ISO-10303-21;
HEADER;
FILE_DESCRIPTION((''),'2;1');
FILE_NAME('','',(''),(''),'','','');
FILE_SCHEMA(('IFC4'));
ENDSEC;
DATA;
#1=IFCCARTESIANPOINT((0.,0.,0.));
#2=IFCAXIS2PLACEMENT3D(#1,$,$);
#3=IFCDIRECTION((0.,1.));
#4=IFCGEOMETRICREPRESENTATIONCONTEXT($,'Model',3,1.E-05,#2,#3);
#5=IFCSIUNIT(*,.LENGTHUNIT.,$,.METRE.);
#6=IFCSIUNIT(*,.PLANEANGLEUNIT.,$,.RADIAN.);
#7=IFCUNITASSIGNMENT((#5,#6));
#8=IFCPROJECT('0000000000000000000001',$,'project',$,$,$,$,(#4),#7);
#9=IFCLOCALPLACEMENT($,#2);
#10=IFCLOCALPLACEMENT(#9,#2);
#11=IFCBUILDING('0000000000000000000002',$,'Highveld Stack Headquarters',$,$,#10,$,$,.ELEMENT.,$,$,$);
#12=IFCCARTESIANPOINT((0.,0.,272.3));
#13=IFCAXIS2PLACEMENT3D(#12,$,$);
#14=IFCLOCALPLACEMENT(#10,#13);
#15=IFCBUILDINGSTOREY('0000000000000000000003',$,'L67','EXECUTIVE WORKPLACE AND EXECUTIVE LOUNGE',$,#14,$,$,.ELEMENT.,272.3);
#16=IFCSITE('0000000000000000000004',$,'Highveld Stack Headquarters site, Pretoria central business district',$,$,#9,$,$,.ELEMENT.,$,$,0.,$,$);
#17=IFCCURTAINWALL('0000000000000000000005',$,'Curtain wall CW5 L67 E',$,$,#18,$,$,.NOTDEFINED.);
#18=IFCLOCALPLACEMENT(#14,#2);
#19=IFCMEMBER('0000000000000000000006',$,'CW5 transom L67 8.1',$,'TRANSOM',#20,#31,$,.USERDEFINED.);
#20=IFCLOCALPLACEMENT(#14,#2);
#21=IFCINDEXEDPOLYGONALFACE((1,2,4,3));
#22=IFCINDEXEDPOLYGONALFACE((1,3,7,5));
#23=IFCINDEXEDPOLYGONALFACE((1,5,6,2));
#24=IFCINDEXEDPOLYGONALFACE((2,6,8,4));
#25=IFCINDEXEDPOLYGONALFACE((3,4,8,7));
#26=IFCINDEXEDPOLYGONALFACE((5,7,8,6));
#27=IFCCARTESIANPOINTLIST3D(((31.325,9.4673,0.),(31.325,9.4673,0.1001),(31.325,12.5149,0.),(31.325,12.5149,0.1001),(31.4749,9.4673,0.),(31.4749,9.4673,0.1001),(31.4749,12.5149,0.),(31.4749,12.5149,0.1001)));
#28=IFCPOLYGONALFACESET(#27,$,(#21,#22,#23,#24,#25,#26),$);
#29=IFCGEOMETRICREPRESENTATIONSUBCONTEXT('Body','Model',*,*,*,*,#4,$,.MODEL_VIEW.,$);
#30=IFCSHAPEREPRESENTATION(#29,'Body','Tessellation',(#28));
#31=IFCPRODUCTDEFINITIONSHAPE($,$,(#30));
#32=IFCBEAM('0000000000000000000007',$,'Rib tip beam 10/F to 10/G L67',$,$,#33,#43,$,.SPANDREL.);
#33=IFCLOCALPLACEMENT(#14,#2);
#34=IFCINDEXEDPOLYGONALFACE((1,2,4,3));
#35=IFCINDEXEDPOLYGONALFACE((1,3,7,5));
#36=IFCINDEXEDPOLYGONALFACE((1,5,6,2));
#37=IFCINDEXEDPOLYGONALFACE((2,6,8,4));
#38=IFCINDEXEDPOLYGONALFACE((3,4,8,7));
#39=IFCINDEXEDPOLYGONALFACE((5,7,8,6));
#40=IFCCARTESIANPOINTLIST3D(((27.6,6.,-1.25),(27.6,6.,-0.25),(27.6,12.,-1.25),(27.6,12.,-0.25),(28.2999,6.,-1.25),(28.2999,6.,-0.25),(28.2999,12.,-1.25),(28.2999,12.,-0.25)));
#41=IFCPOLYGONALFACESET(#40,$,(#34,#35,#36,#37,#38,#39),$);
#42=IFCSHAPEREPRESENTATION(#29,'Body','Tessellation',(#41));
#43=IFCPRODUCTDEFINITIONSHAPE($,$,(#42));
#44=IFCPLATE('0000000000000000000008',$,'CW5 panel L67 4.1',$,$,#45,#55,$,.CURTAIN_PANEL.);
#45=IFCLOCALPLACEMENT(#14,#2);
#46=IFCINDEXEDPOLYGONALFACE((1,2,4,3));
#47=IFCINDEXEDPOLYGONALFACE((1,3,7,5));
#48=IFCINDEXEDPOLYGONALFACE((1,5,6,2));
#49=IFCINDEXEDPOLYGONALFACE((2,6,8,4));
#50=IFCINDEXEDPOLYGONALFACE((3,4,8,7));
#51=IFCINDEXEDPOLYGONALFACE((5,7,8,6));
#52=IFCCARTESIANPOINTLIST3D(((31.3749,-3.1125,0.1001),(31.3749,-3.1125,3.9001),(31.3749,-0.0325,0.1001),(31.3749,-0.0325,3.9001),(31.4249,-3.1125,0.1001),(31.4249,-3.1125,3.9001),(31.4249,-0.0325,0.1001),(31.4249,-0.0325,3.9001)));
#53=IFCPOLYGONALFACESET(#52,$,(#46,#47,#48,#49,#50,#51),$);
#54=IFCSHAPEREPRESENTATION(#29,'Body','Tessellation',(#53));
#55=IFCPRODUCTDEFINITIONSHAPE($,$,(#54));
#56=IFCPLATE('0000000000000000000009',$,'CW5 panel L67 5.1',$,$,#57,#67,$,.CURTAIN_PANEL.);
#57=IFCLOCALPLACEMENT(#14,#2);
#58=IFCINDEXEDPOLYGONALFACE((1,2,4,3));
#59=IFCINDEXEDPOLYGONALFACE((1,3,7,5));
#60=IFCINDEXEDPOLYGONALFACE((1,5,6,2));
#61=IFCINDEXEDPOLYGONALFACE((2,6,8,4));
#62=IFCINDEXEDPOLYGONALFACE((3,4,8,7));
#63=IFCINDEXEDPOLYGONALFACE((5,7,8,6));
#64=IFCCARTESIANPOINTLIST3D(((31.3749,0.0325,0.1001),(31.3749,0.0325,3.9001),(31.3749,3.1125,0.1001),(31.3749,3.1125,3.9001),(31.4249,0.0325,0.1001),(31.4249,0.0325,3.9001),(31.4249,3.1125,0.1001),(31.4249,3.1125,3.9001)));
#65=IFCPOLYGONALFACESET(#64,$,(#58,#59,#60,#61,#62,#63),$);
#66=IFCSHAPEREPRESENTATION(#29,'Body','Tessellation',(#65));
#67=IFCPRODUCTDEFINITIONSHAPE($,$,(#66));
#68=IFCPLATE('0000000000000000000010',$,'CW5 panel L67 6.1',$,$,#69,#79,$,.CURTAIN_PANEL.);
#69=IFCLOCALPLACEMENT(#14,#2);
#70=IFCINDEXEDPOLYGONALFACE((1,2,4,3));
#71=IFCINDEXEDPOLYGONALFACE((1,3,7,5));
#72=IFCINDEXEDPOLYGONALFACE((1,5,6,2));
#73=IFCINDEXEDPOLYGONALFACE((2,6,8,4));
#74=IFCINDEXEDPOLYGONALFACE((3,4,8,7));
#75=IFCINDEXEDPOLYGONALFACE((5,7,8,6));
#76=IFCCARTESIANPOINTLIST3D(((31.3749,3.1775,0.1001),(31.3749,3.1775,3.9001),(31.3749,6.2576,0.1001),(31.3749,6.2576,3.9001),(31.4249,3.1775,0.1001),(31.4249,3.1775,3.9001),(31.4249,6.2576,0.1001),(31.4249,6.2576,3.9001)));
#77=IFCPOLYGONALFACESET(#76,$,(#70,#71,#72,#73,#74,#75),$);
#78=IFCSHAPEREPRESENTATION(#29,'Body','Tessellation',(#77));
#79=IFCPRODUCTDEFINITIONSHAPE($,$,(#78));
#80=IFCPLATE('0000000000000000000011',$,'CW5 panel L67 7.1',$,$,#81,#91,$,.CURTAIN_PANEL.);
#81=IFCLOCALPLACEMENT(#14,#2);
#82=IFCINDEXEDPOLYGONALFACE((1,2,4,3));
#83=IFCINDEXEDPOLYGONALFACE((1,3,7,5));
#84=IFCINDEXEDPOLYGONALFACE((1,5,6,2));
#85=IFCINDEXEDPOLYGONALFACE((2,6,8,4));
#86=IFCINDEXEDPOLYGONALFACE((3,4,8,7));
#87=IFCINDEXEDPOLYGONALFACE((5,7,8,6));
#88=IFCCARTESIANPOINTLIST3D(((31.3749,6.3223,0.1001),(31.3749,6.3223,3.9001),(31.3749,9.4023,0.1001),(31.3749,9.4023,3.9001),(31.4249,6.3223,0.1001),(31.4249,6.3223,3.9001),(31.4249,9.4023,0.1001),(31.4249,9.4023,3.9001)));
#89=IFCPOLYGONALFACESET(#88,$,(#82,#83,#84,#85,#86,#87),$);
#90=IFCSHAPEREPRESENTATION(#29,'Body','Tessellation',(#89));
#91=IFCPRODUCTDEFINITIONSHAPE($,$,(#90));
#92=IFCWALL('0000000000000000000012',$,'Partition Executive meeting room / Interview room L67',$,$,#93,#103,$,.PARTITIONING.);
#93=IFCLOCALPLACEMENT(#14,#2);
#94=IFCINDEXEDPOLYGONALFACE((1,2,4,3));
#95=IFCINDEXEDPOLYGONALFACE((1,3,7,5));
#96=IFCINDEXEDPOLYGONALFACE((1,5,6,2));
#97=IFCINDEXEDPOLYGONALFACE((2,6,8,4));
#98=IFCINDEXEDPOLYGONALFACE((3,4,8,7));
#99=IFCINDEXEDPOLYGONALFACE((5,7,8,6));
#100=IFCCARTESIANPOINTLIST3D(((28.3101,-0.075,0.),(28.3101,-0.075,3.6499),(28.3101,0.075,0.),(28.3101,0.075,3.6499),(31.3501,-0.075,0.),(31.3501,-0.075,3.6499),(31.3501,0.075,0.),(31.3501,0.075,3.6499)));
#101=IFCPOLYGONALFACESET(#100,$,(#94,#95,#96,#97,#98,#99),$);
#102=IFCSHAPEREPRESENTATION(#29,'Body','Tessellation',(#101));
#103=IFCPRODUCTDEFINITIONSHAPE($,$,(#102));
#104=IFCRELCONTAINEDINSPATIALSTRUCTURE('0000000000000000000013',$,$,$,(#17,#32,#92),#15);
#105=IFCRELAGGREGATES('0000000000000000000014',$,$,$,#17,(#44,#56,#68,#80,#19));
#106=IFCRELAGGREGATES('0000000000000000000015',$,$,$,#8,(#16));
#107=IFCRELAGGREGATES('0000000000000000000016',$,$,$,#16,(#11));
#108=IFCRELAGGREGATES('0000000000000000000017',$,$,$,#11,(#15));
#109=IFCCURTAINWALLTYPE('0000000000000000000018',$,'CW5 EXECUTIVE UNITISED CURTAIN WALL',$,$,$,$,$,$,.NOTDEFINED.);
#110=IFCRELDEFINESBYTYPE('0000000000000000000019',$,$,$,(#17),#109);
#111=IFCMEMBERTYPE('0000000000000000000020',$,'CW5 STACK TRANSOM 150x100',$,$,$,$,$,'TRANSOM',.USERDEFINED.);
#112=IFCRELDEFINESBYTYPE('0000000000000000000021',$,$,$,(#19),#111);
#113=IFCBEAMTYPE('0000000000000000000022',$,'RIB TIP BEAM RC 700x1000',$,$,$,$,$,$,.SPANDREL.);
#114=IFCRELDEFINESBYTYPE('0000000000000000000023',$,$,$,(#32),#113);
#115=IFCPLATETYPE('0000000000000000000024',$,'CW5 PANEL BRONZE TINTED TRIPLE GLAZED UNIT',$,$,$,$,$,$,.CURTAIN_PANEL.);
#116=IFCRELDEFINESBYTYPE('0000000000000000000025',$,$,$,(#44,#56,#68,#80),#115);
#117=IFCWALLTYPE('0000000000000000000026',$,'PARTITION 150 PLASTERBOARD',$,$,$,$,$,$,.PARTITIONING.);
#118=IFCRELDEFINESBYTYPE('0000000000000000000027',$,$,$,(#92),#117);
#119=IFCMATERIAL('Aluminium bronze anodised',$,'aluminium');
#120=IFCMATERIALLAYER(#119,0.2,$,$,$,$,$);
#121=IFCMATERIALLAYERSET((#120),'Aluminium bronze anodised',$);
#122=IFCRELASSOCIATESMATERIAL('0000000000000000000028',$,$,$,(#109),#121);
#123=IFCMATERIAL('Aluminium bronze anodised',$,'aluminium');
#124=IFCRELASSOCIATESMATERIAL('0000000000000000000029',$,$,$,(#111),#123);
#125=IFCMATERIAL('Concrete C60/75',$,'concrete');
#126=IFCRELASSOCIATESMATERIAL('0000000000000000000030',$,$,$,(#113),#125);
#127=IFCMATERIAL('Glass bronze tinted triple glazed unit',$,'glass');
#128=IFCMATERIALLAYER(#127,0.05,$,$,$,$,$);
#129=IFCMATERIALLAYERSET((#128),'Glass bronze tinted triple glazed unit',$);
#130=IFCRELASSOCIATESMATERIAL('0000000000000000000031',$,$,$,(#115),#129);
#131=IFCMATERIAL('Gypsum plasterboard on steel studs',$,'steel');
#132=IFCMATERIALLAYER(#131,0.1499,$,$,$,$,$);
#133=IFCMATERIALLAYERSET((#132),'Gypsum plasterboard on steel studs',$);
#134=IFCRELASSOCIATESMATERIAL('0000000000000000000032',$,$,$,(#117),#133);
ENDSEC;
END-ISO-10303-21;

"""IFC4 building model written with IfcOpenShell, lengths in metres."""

from ifc_helpers import new_model, si_unit, direction, frame, frame_2d, origin, origin_2d, place, context, subcontext, project, spatial, rectangle, extrude, material, layer, layer_set, material_profile, profile_set, type_object, element, aggregate, save


model = new_model("IFC4")

# Units and contexts
model_context = context("Model", 3, precision=1e-05, world=origin(), true_north=direction((0.0, 1.0)))
body_context = subcontext(model_context, "Body", "Model", "MODEL_VIEW")
ifc_project = project(units=[si_unit("LENGTHUNIT", "METRE"), si_unit("PLANEANGLEUNIT", "RADIAN")], contexts=[model_context])

# Site, building, storey
site_placement = place(None, origin())
site = spatial("IfcSite", under=ifc_project, at=site_placement, Name="Highveld Stack Headquarters site, Pretoria central business district", CompositionType="ELEMENT", RefElevation=0.0)
building_placement = place(site_placement, origin())
building = spatial("IfcBuilding", under=site, at=building_placement, Name="Highveld Stack Headquarters", CompositionType="ELEMENT")
storey_placement = place(building_placement, frame((0.0, 0.0, 272.3)))
storey = spatial("IfcBuildingStorey", under=building, at=storey_placement, Name="L67", Description="EXECUTIVE WORKPLACE AND EXECUTIVE LOUNGE", CompositionType="ELEMENT", Elevation=272.3)

# Curtain wall, member
ifc_material_1 = material(Name="Aluminium bronze anodised", Category="aluminium")
ifc_layer_1 = layer(ifc_material_1, 0.2)
ifc_layer_set_1 = layer_set([ifc_layer_1], Name="Aluminium bronze anodised")
curtain_wall_type = type_object("IfcCurtainWallType", Name="CW5 EXECUTIVE UNITISED CURTAIN WALL", PredefinedType="NOTDEFINED", material=ifc_layer_set_1)
curtain_wall_placement = place(storey_placement, origin())
curtain_wall = element("IfcCurtainWall", 1, at=curtain_wall_placement, inside=storey, type_object=curtain_wall_type, Name="Curtain wall CW5 L67 E", PredefinedType="NOTDEFINED")
ifc_material_2 = material(Name="Aluminium bronze anodised", Category="aluminium")
ifc_material_profile_1 = material_profile(ifc_material_2, rectangle(XDim=0.1499, YDim=0.1001, at=origin_2d()), Name="CW5 TRANSOM 150x100")
ifc_profile_set_1 = profile_set([ifc_material_profile_1], Name="Aluminium bronze anodised")
member_type_1 = type_object("IfcMemberType", Name="CW5 STACK TRANSOM 150x100", ElementType="TRANSOM", PredefinedType="USERDEFINED", material=ifc_profile_set_1)
member_1_placement = place(storey_placement, frame((31.3999, 9.4673, 0.05), z_axis=(0.0, 1.0, 0.0), x_axis=(-1.0, 0.0, 0.0)))
member_1 = element("IfcMember", 2, at=member_1_placement, type_object=member_type_1, Name="CW5 transom L67 8.1", ObjectType="TRANSOM", PredefinedType="USERDEFINED", context=body_context, shape_type="SweptSolid", body=[
    extrude(rectangle(XDim=0.1499, YDim=0.1001, at=origin_2d()), origin(), (0.0, 0.0, 1.0), 3.0476),
])

# Beam
ifc_material_3 = material(Name="Concrete C60/75", Category="concrete")
ifc_material_profile_2 = material_profile(ifc_material_3, rectangle(XDim=0.7, YDim=1.0, at=origin_2d()), Name="RC 700x1000")
ifc_profile_set_2 = profile_set([ifc_material_profile_2], Name="Concrete C60/75")
beam_type = type_object("IfcBeamType", Name="RIB TIP BEAM RC 700x1000", PredefinedType="SPANDREL", material=ifc_profile_set_2)
beam_placement = place(storey_placement, frame((27.95, 6.0, -0.75), z_axis=(0.0, 1.0, 0.0), x_axis=(-1.0, 0.0, 0.0)))
element("IfcBeam", 3, at=beam_placement, inside=storey, type_object=beam_type, Name="Rib tip beam 10/F to 10/G L67", PredefinedType="SPANDREL", context=body_context, shape_type="SweptSolid", body=[
    extrude(rectangle(XDim=0.7, YDim=1.0, at=origin_2d()), origin(), (0.0, 0.0, 1.0), 6.0),
])

# Plates
ifc_material_4 = material(Name="Glass bronze tinted triple glazed unit", Category="glass")
ifc_layer_2 = layer(ifc_material_4, 0.05)
ifc_layer_set_2 = layer_set([ifc_layer_2], Name="Glass bronze tinted triple glazed unit")
plate_type = type_object("IfcPlateType", Name="CW5 PANEL BRONZE TINTED TRIPLE GLAZED UNIT", PredefinedType="CURTAIN_PANEL", material=ifc_layer_set_2)
plate_1_placement = place(storey_placement, frame((31.3999, -1.5725, 0.1001), z_axis=(0.0, 0.0, 1.0), x_axis=(0.0, 1.0, 0.0)))
plate_1 = element("IfcPlate", 4, at=plate_1_placement, type_object=plate_type, Name="CW5 panel L67 4.1", PredefinedType="CURTAIN_PANEL", context=body_context, shape_type="SweptSolid", body=[
    extrude(rectangle(XDim=3.0801, YDim=0.05, at=origin_2d()), origin(), (0.0, 0.0, 1.0), 3.8),
])
plate_2_placement = place(storey_placement, frame((31.3999, 1.5725, 0.1001), z_axis=(0.0, 0.0, 1.0), x_axis=(0.0, 1.0, 0.0)))
plate_2 = element("IfcPlate", 5, at=plate_2_placement, type_object=plate_type, Name="CW5 panel L67 5.1", PredefinedType="CURTAIN_PANEL", context=body_context, shape_type="SweptSolid", body=[
    extrude(rectangle(XDim=3.0801, YDim=0.05, at=origin_2d()), origin(), (0.0, 0.0, 1.0), 3.8),
])
plate_3_placement = place(storey_placement, frame((31.3999, 4.7175, 0.1001), z_axis=(0.0, 0.0, 1.0), x_axis=(0.0, 1.0, 0.0)))
plate_3 = element("IfcPlate", 6, at=plate_3_placement, type_object=plate_type, Name="CW5 panel L67 6.1", PredefinedType="CURTAIN_PANEL", context=body_context, shape_type="SweptSolid", body=[
    extrude(rectangle(XDim=3.0801, YDim=0.05, at=origin_2d()), origin(), (0.0, 0.0, 1.0), 3.8),
])
plate_4_placement = place(storey_placement, frame((31.3999, 7.8623, 0.1001), z_axis=(0.0, 0.0, 1.0), x_axis=(0.0, 1.0, 0.0)))
plate_4 = element("IfcPlate", 7, at=plate_4_placement, type_object=plate_type, Name="CW5 panel L67 7.1", PredefinedType="CURTAIN_PANEL", context=body_context, shape_type="SweptSolid", body=[
    extrude(rectangle(XDim=3.0801, YDim=0.05, at=origin_2d()), origin(), (0.0, 0.0, 1.0), 3.8),
])
aggregate(curtain_wall, [plate_1, plate_2, plate_3, plate_4, member_1])

# Wall
ifc_material_5 = material(Name="Gypsum plasterboard on steel studs", Category="steel")
ifc_layer_3 = layer(ifc_material_5, 0.1499)
ifc_layer_set_3 = layer_set([ifc_layer_3], Name="Gypsum plasterboard on steel studs")
wall_type = type_object("IfcWallType", Name="PARTITION 150 PLASTERBOARD", PredefinedType="PARTITIONING", material=ifc_layer_set_3)
wall_placement = place(storey_placement, frame((28.3101, 0.0, 0.0), z_axis=(0.0, 0.0, 1.0), x_axis=(1.0, 0.0, 0.0)))
element("IfcWall", 8, at=wall_placement, inside=storey, type_object=wall_type, Name="Partition Executive meeting room / Interview room L67", PredefinedType="PARTITIONING", context=body_context, shape_type="SweptSolid", body=[
    extrude(rectangle(XDim=3.04, YDim=0.1499, at=frame_2d((1.52, 0.0))), origin(), (0.0, 0.0, 1.0), 3.6499),
])

save(model, "model.ifc")
